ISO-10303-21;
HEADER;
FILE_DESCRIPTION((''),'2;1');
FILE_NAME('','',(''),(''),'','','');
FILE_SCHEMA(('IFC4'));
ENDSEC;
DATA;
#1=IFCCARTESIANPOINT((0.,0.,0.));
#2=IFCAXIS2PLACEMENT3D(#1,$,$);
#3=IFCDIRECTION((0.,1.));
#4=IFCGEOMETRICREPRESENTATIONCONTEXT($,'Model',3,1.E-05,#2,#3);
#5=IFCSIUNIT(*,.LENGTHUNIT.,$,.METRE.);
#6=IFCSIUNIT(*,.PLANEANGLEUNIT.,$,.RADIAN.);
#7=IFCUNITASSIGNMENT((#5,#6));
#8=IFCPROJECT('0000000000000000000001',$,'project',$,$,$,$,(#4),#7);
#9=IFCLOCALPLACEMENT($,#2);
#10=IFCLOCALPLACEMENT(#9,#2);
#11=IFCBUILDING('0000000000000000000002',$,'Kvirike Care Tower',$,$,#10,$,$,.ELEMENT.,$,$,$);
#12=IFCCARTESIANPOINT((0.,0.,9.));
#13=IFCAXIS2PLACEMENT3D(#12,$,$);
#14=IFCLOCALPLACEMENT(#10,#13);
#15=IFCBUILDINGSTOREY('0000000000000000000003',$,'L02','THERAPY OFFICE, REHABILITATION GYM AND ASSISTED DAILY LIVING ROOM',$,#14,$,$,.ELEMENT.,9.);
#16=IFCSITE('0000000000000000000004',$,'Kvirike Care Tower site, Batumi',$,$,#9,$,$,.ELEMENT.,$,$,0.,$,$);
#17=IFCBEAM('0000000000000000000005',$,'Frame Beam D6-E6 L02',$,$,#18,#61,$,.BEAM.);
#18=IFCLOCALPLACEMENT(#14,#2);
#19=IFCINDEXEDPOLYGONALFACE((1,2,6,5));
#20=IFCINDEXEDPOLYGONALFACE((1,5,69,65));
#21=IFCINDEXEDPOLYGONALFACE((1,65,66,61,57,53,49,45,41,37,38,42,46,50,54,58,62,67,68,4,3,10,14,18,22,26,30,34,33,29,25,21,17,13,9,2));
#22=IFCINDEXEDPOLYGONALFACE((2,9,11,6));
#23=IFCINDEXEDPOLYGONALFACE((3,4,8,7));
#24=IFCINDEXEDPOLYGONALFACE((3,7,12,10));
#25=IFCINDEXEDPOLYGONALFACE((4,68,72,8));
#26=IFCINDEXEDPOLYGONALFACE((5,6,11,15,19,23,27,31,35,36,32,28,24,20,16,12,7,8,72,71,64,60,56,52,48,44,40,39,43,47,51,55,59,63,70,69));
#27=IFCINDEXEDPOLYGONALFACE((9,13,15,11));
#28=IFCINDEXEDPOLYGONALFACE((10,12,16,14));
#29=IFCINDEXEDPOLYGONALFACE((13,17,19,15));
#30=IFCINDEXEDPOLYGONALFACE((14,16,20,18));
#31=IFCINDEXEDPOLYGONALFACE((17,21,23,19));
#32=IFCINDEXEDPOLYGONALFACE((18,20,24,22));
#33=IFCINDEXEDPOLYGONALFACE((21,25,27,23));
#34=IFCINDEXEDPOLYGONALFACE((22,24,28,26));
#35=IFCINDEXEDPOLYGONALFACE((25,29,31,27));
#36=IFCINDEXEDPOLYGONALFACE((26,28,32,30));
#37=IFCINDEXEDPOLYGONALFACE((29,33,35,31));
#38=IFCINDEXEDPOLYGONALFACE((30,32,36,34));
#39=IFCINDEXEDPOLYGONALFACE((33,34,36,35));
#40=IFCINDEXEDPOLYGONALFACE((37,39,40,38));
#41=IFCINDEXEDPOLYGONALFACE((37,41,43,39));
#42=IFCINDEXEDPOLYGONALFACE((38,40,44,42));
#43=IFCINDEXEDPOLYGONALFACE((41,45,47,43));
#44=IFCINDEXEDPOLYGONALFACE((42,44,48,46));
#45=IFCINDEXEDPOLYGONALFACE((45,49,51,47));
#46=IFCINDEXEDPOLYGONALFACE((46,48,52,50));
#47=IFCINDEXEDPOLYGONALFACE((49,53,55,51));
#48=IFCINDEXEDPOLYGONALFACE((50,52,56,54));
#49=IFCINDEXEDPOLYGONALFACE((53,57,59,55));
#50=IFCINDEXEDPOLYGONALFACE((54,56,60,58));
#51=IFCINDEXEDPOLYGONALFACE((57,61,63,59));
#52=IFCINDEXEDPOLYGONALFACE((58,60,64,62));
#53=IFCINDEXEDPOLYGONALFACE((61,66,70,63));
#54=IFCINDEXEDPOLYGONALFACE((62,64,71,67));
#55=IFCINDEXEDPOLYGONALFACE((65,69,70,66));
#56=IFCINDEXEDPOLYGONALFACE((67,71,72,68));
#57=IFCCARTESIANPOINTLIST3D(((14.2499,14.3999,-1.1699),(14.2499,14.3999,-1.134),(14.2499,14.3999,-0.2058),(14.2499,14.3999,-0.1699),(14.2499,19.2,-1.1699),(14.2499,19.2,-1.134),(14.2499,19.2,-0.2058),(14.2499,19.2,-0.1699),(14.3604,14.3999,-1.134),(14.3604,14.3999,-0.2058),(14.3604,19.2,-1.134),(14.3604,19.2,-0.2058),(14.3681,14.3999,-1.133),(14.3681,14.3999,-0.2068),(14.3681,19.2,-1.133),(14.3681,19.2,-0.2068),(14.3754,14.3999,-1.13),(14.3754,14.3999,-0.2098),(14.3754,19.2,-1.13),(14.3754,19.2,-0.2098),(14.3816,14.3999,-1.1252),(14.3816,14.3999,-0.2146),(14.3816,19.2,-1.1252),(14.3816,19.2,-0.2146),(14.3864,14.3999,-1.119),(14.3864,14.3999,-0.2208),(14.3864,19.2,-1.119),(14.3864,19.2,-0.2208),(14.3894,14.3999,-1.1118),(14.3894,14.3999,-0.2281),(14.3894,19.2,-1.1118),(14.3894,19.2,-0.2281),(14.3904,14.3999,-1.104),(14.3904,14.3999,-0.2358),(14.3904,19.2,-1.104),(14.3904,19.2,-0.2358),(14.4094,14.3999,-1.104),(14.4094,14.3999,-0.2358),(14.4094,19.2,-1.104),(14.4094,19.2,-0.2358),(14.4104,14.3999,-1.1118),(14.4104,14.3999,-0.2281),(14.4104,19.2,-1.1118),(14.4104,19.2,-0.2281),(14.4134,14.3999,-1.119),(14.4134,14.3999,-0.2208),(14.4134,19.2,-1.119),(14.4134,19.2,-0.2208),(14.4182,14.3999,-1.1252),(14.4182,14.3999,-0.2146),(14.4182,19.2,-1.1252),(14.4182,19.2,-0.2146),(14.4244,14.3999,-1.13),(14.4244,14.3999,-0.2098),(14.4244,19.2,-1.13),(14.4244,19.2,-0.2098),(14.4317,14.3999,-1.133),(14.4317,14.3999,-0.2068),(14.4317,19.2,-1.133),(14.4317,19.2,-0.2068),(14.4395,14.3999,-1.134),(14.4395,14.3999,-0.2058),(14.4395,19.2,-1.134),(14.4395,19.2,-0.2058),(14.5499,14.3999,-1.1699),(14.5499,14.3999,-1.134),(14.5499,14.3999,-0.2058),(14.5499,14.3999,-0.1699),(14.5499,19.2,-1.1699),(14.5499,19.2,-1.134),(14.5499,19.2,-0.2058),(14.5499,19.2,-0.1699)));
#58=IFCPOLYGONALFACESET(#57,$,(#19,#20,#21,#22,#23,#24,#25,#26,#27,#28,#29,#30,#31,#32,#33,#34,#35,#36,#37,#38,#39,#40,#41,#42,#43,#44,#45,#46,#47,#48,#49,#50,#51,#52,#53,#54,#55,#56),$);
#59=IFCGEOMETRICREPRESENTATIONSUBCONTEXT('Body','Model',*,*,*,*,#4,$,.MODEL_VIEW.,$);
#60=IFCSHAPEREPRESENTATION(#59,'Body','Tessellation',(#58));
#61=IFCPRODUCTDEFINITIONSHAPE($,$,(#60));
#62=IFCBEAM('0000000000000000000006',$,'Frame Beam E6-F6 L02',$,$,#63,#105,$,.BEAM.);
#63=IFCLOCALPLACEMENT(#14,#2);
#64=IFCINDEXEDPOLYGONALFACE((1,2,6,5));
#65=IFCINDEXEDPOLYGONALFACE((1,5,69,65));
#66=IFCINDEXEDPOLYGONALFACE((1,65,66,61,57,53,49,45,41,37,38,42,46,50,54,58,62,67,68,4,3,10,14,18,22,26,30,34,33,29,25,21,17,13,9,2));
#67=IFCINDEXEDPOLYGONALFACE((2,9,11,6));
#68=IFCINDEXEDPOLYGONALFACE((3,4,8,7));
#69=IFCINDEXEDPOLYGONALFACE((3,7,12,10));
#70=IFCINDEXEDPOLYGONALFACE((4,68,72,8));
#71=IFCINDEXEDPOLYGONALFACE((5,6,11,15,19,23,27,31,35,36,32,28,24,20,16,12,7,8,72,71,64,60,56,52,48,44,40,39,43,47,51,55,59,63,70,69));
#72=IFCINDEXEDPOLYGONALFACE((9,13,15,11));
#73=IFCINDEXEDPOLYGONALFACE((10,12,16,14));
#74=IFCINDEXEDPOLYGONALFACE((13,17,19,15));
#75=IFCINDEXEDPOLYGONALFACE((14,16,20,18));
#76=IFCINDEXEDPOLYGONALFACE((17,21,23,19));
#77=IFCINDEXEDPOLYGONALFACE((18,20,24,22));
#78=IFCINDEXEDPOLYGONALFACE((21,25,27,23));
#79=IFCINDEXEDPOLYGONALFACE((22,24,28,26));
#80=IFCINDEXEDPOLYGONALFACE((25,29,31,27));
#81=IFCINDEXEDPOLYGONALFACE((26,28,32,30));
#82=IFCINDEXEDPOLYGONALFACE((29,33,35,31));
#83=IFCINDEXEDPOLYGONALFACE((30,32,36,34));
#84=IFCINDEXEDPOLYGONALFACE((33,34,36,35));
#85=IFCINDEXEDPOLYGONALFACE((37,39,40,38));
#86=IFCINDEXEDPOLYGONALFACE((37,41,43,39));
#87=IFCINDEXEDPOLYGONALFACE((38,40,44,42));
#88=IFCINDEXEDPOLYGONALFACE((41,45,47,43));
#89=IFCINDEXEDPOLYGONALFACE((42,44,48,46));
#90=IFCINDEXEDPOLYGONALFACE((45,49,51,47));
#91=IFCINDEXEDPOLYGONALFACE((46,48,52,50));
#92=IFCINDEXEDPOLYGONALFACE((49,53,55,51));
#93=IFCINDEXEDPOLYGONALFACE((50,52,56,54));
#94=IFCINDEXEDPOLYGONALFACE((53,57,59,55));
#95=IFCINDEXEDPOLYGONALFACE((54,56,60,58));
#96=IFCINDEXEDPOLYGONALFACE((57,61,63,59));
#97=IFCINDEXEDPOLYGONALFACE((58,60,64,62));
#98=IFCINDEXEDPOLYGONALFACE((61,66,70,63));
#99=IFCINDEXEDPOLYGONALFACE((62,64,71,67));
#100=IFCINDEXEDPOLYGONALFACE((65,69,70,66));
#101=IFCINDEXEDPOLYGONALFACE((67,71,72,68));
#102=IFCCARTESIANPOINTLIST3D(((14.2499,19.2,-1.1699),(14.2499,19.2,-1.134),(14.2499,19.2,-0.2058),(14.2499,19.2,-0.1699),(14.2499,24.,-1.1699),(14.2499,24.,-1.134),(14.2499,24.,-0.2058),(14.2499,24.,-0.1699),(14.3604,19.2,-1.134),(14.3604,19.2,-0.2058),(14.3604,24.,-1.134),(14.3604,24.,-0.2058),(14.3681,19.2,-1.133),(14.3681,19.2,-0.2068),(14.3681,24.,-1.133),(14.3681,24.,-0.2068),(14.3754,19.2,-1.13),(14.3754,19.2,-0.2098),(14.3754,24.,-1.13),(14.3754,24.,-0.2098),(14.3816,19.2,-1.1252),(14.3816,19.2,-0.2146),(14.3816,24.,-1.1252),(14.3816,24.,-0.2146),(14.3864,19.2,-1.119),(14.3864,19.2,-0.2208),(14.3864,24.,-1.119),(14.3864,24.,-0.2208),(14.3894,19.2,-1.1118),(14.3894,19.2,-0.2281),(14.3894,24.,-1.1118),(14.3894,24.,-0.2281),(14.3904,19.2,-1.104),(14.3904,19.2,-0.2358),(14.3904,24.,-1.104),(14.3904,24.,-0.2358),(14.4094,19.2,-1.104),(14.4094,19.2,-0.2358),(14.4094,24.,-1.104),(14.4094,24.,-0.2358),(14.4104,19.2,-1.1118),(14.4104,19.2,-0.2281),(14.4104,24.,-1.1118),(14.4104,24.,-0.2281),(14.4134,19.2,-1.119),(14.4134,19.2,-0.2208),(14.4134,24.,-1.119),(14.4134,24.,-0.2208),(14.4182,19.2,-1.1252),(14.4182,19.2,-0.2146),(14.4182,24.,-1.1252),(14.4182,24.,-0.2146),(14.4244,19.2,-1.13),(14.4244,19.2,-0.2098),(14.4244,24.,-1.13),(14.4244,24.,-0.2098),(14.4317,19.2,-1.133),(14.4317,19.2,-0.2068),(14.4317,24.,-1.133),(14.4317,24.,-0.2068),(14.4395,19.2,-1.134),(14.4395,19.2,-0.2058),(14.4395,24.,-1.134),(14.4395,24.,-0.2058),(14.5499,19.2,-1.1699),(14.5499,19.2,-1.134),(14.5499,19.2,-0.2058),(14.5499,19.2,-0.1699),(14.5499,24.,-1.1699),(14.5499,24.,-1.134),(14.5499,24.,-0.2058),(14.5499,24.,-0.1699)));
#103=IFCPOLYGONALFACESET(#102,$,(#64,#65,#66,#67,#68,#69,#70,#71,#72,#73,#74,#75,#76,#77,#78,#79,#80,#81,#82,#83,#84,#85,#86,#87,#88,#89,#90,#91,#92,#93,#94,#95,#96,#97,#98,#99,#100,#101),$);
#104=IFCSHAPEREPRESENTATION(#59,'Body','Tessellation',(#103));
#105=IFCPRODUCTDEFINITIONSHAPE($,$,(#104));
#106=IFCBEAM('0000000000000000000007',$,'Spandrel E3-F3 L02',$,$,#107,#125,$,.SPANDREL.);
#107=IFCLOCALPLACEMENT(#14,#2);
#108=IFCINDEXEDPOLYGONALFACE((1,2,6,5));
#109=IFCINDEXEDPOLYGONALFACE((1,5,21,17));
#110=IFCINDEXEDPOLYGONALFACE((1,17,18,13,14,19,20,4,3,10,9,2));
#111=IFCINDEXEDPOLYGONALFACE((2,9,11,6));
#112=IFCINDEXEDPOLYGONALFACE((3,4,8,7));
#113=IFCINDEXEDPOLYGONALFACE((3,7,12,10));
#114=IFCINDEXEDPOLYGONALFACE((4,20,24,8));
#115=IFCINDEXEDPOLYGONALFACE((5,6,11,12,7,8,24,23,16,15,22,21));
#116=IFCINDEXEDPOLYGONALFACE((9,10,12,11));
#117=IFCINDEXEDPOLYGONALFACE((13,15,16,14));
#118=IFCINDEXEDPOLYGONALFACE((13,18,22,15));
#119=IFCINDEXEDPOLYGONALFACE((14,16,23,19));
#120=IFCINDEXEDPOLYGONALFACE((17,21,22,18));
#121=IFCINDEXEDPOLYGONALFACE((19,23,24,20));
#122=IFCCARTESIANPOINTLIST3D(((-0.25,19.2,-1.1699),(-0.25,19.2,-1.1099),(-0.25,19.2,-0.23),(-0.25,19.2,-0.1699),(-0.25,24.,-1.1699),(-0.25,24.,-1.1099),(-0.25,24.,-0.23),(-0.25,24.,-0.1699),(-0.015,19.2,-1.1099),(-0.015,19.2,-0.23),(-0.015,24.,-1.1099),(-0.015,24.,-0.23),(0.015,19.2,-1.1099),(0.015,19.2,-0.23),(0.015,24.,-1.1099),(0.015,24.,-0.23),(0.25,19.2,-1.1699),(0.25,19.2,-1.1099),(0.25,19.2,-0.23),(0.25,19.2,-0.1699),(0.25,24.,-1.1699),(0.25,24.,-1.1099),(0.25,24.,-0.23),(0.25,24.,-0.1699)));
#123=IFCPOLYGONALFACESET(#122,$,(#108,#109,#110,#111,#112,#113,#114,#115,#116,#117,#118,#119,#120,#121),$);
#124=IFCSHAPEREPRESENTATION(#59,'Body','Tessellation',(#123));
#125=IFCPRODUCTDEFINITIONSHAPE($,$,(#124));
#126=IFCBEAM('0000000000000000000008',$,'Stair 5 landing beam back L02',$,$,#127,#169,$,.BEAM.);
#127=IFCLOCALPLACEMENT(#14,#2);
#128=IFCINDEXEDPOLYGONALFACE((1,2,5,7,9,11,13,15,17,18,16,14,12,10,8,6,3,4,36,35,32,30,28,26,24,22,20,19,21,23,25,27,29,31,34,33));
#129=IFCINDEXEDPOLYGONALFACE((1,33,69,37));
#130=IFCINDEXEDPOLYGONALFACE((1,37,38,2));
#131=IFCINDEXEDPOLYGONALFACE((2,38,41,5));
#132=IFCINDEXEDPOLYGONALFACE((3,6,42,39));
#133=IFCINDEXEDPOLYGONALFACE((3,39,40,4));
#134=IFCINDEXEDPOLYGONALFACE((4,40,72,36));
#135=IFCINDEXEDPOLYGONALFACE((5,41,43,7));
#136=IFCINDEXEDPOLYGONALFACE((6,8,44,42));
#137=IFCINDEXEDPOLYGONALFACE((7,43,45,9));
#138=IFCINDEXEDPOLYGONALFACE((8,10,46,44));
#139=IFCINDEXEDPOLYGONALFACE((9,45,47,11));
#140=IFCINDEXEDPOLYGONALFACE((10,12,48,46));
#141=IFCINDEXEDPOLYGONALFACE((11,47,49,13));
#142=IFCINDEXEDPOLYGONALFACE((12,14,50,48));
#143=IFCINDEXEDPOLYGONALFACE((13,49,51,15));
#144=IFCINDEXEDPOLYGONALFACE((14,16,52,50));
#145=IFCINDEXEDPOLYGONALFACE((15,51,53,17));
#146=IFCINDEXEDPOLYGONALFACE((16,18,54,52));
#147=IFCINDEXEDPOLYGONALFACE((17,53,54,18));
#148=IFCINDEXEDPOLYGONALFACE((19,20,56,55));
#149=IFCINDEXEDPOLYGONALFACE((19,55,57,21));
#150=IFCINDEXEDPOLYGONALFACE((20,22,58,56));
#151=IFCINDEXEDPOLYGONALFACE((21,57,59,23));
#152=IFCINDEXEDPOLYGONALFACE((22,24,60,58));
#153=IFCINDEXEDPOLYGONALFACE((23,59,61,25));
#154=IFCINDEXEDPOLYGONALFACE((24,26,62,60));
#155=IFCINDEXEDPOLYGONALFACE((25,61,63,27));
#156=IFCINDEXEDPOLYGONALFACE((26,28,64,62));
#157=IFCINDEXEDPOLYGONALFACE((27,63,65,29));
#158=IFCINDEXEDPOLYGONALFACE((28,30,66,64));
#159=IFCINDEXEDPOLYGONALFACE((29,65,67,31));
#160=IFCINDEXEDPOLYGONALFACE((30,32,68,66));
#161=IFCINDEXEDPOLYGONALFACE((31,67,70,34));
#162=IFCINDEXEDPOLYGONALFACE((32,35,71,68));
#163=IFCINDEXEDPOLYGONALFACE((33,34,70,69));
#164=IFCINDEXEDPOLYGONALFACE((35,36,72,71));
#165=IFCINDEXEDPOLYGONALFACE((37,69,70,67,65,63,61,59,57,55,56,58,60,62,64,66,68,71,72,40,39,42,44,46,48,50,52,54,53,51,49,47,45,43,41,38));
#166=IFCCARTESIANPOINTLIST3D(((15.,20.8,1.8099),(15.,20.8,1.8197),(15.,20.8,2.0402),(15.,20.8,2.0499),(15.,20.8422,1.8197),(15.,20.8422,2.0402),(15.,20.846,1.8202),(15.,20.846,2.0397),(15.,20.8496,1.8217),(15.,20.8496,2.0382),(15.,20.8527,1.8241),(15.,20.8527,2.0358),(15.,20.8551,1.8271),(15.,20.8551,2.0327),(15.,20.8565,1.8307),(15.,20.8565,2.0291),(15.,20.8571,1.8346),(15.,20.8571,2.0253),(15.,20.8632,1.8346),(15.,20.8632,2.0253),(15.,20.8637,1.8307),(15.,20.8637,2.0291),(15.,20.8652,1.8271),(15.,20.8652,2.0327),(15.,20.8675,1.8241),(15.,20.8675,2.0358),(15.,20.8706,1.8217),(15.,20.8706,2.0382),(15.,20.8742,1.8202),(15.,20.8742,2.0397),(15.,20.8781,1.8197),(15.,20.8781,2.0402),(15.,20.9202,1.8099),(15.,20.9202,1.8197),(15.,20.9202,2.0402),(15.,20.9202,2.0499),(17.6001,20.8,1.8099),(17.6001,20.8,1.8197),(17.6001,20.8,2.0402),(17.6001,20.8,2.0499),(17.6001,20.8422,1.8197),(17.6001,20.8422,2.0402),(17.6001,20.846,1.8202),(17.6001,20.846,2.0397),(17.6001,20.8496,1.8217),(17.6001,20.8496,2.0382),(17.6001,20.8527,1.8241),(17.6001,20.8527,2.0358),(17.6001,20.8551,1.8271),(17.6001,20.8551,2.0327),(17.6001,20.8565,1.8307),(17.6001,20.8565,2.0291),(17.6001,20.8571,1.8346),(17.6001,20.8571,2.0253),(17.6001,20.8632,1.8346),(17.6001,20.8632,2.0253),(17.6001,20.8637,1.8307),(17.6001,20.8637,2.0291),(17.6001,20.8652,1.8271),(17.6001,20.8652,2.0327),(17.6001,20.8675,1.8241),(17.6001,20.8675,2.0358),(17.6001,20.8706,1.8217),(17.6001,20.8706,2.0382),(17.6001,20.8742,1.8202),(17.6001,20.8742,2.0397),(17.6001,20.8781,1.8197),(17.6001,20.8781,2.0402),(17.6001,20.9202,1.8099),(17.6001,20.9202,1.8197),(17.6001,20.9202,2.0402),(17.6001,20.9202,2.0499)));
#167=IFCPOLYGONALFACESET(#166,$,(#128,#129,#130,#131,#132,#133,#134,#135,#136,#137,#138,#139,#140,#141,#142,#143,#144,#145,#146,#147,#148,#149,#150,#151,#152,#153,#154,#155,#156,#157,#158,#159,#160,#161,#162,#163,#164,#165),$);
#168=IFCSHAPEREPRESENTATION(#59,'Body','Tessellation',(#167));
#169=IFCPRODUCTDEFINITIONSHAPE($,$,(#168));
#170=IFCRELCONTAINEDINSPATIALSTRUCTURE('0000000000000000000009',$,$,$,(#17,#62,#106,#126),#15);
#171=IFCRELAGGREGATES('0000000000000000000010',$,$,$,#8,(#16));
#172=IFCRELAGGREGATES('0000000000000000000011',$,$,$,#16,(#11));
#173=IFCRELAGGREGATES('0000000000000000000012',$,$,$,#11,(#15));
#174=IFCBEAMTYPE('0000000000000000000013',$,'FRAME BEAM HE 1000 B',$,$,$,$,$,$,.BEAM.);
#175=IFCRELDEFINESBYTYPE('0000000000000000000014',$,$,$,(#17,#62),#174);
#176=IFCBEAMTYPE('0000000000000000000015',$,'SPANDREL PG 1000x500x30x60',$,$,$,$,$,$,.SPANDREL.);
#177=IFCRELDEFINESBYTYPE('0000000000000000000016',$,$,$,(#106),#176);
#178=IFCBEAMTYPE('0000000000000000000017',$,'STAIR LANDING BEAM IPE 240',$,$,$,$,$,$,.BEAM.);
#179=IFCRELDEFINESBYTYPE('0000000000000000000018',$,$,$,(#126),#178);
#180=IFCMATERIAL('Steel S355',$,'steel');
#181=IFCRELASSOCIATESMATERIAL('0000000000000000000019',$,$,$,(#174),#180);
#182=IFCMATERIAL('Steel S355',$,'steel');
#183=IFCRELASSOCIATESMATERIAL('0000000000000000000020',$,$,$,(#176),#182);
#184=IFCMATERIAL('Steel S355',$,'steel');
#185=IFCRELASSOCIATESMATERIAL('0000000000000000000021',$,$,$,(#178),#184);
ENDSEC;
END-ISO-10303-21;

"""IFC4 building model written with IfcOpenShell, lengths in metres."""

from ifc_helpers import new_model, si_unit, direction, frame, origin, origin_2d, place, context, subcontext, project, spatial, i_section, extrude, material, material_profile, profile_set, type_object, element, save


model = new_model("IFC4")

# Units and contexts
model_context = context("Model", 3, precision=1e-05, world=origin(), true_north=direction((0.0, 1.0)))
body_context = subcontext(model_context, "Body", "Model", "MODEL_VIEW")
ifc_project = project(units=[si_unit("LENGTHUNIT", "METRE"), si_unit("PLANEANGLEUNIT", "RADIAN")], contexts=[model_context])

# Site, building, storey
site_placement = place(None, origin())
site = spatial("IfcSite", under=ifc_project, at=site_placement, Name="Kvirike Care Tower site, Batumi", CompositionType="ELEMENT", RefElevation=0.0)
building_placement = place(site_placement, origin())
building = spatial("IfcBuilding", under=site, at=building_placement, Name="Kvirike Care Tower", CompositionType="ELEMENT")
storey_placement = place(building_placement, frame((0.0, 0.0, 9.0)))
storey = spatial("IfcBuildingStorey", under=building, at=storey_placement, Name="L02", Description="THERAPY OFFICE, REHABILITATION GYM AND ASSISTED DAILY LIVING ROOM", CompositionType="ELEMENT", Elevation=9.0)

# Beams
ifc_material_1 = material(Name="Steel S355", Category="steel")
ifc_material_profile_1 = material_profile(ifc_material_1, i_section(OverallWidth=0.3, OverallDepth=1.0, WebThickness=0.019, FlangeThickness=0.0359, FilletRadius=0.03, at=origin_2d()), Name="HE 1000 B")
ifc_profile_set_1 = profile_set([ifc_material_profile_1], Name="Steel S355")
beam_type_1 = type_object("IfcBeamType", Name="FRAME BEAM HE 1000 B", PredefinedType="BEAM", material=ifc_profile_set_1)
for number, where, z_axis, x_axis, name in (
    (1, (14.3999, 14.3999, -0.6699), (0.0, 1.0, 0.0), (-1.0, 0.0, 0.0), "Frame Beam D6-E6 L02"),
    (2, (14.3999, 19.2, -0.6699), (0.0, 1.0, 0.0), (-1.0, 0.0, 0.0), "Frame Beam E6-F6 L02"),
):
    element("IfcBeam", number, at=place(storey_placement, frame(where, z_axis=z_axis, x_axis=x_axis)), inside=storey, type_object=beam_type_1, Name=name, PredefinedType="BEAM", context=body_context, shape_type="SweptSolid", body=[
        extrude(i_section(OverallWidth=0.3, OverallDepth=1.0, WebThickness=0.019, FlangeThickness=0.0359, FilletRadius=0.03, at=origin_2d()), origin(), (0.0, 0.0, 1.0), 4.8),
    ])
ifc_material_2 = material(Name="Steel S355", Category="steel")
ifc_material_profile_2 = material_profile(ifc_material_2, i_section(OverallWidth=0.5, OverallDepth=1.0, WebThickness=0.03, FlangeThickness=0.0601, at=origin_2d()), Name="PG 1000x500x30x60")
ifc_profile_set_2 = profile_set([ifc_material_profile_2], Name="Steel S355")
beam_type_2 = type_object("IfcBeamType", Name="SPANDREL PG 1000x500x30x60", PredefinedType="SPANDREL", material=ifc_profile_set_2)
beam_1_placement = place(storey_placement, frame((0.0, 19.2, -0.6699), z_axis=(0.0, 1.0, 0.0), x_axis=(-1.0, 0.0, 0.0)))
element("IfcBeam", 3, at=beam_1_placement, inside=storey, type_object=beam_type_2, Name="Spandrel E3-F3 L02", PredefinedType="SPANDREL", context=body_context, shape_type="SweptSolid", body=[
    extrude(i_section(OverallWidth=0.5, OverallDepth=1.0, WebThickness=0.03, FlangeThickness=0.0601, at=origin_2d()), origin(), (0.0, 0.0, 1.0), 4.8),
])
ifc_material_3 = material(Name="Steel S355", Category="steel")
ifc_material_profile_3 = material_profile(ifc_material_3, i_section(OverallWidth=0.1201, OverallDepth=0.24, WebThickness=0.0061, FlangeThickness=0.0098, FilletRadius=0.0149, at=origin_2d()), Name="IPE 240")
ifc_profile_set_3 = profile_set([ifc_material_profile_3], Name="Steel S355")
beam_type_3 = type_object("IfcBeamType", Name="STAIR LANDING BEAM IPE 240", PredefinedType="BEAM", material=ifc_profile_set_3)
for number, where, z_axis, x_axis, name in (
    (4, (15.0, 20.8601, 1.9299), (1.0, 0.0, 0.0), (0.0, 1.0, 0.0), "Stair 5 landing beam back L02"),
):
    element("IfcBeam", number, at=place(storey_placement, frame(where, z_axis=z_axis, x_axis=x_axis)), inside=storey, type_object=beam_type_3, Name=name, PredefinedType="BEAM", context=body_context, shape_type="SweptSolid", body=[
        extrude(i_section(OverallWidth=0.1201, OverallDepth=0.24, WebThickness=0.0061, FlangeThickness=0.0098, FilletRadius=0.0149, at=origin_2d()), origin(), (0.0, 0.0, 1.0), 2.6001),
    ])

save(model, "model.ifc")
